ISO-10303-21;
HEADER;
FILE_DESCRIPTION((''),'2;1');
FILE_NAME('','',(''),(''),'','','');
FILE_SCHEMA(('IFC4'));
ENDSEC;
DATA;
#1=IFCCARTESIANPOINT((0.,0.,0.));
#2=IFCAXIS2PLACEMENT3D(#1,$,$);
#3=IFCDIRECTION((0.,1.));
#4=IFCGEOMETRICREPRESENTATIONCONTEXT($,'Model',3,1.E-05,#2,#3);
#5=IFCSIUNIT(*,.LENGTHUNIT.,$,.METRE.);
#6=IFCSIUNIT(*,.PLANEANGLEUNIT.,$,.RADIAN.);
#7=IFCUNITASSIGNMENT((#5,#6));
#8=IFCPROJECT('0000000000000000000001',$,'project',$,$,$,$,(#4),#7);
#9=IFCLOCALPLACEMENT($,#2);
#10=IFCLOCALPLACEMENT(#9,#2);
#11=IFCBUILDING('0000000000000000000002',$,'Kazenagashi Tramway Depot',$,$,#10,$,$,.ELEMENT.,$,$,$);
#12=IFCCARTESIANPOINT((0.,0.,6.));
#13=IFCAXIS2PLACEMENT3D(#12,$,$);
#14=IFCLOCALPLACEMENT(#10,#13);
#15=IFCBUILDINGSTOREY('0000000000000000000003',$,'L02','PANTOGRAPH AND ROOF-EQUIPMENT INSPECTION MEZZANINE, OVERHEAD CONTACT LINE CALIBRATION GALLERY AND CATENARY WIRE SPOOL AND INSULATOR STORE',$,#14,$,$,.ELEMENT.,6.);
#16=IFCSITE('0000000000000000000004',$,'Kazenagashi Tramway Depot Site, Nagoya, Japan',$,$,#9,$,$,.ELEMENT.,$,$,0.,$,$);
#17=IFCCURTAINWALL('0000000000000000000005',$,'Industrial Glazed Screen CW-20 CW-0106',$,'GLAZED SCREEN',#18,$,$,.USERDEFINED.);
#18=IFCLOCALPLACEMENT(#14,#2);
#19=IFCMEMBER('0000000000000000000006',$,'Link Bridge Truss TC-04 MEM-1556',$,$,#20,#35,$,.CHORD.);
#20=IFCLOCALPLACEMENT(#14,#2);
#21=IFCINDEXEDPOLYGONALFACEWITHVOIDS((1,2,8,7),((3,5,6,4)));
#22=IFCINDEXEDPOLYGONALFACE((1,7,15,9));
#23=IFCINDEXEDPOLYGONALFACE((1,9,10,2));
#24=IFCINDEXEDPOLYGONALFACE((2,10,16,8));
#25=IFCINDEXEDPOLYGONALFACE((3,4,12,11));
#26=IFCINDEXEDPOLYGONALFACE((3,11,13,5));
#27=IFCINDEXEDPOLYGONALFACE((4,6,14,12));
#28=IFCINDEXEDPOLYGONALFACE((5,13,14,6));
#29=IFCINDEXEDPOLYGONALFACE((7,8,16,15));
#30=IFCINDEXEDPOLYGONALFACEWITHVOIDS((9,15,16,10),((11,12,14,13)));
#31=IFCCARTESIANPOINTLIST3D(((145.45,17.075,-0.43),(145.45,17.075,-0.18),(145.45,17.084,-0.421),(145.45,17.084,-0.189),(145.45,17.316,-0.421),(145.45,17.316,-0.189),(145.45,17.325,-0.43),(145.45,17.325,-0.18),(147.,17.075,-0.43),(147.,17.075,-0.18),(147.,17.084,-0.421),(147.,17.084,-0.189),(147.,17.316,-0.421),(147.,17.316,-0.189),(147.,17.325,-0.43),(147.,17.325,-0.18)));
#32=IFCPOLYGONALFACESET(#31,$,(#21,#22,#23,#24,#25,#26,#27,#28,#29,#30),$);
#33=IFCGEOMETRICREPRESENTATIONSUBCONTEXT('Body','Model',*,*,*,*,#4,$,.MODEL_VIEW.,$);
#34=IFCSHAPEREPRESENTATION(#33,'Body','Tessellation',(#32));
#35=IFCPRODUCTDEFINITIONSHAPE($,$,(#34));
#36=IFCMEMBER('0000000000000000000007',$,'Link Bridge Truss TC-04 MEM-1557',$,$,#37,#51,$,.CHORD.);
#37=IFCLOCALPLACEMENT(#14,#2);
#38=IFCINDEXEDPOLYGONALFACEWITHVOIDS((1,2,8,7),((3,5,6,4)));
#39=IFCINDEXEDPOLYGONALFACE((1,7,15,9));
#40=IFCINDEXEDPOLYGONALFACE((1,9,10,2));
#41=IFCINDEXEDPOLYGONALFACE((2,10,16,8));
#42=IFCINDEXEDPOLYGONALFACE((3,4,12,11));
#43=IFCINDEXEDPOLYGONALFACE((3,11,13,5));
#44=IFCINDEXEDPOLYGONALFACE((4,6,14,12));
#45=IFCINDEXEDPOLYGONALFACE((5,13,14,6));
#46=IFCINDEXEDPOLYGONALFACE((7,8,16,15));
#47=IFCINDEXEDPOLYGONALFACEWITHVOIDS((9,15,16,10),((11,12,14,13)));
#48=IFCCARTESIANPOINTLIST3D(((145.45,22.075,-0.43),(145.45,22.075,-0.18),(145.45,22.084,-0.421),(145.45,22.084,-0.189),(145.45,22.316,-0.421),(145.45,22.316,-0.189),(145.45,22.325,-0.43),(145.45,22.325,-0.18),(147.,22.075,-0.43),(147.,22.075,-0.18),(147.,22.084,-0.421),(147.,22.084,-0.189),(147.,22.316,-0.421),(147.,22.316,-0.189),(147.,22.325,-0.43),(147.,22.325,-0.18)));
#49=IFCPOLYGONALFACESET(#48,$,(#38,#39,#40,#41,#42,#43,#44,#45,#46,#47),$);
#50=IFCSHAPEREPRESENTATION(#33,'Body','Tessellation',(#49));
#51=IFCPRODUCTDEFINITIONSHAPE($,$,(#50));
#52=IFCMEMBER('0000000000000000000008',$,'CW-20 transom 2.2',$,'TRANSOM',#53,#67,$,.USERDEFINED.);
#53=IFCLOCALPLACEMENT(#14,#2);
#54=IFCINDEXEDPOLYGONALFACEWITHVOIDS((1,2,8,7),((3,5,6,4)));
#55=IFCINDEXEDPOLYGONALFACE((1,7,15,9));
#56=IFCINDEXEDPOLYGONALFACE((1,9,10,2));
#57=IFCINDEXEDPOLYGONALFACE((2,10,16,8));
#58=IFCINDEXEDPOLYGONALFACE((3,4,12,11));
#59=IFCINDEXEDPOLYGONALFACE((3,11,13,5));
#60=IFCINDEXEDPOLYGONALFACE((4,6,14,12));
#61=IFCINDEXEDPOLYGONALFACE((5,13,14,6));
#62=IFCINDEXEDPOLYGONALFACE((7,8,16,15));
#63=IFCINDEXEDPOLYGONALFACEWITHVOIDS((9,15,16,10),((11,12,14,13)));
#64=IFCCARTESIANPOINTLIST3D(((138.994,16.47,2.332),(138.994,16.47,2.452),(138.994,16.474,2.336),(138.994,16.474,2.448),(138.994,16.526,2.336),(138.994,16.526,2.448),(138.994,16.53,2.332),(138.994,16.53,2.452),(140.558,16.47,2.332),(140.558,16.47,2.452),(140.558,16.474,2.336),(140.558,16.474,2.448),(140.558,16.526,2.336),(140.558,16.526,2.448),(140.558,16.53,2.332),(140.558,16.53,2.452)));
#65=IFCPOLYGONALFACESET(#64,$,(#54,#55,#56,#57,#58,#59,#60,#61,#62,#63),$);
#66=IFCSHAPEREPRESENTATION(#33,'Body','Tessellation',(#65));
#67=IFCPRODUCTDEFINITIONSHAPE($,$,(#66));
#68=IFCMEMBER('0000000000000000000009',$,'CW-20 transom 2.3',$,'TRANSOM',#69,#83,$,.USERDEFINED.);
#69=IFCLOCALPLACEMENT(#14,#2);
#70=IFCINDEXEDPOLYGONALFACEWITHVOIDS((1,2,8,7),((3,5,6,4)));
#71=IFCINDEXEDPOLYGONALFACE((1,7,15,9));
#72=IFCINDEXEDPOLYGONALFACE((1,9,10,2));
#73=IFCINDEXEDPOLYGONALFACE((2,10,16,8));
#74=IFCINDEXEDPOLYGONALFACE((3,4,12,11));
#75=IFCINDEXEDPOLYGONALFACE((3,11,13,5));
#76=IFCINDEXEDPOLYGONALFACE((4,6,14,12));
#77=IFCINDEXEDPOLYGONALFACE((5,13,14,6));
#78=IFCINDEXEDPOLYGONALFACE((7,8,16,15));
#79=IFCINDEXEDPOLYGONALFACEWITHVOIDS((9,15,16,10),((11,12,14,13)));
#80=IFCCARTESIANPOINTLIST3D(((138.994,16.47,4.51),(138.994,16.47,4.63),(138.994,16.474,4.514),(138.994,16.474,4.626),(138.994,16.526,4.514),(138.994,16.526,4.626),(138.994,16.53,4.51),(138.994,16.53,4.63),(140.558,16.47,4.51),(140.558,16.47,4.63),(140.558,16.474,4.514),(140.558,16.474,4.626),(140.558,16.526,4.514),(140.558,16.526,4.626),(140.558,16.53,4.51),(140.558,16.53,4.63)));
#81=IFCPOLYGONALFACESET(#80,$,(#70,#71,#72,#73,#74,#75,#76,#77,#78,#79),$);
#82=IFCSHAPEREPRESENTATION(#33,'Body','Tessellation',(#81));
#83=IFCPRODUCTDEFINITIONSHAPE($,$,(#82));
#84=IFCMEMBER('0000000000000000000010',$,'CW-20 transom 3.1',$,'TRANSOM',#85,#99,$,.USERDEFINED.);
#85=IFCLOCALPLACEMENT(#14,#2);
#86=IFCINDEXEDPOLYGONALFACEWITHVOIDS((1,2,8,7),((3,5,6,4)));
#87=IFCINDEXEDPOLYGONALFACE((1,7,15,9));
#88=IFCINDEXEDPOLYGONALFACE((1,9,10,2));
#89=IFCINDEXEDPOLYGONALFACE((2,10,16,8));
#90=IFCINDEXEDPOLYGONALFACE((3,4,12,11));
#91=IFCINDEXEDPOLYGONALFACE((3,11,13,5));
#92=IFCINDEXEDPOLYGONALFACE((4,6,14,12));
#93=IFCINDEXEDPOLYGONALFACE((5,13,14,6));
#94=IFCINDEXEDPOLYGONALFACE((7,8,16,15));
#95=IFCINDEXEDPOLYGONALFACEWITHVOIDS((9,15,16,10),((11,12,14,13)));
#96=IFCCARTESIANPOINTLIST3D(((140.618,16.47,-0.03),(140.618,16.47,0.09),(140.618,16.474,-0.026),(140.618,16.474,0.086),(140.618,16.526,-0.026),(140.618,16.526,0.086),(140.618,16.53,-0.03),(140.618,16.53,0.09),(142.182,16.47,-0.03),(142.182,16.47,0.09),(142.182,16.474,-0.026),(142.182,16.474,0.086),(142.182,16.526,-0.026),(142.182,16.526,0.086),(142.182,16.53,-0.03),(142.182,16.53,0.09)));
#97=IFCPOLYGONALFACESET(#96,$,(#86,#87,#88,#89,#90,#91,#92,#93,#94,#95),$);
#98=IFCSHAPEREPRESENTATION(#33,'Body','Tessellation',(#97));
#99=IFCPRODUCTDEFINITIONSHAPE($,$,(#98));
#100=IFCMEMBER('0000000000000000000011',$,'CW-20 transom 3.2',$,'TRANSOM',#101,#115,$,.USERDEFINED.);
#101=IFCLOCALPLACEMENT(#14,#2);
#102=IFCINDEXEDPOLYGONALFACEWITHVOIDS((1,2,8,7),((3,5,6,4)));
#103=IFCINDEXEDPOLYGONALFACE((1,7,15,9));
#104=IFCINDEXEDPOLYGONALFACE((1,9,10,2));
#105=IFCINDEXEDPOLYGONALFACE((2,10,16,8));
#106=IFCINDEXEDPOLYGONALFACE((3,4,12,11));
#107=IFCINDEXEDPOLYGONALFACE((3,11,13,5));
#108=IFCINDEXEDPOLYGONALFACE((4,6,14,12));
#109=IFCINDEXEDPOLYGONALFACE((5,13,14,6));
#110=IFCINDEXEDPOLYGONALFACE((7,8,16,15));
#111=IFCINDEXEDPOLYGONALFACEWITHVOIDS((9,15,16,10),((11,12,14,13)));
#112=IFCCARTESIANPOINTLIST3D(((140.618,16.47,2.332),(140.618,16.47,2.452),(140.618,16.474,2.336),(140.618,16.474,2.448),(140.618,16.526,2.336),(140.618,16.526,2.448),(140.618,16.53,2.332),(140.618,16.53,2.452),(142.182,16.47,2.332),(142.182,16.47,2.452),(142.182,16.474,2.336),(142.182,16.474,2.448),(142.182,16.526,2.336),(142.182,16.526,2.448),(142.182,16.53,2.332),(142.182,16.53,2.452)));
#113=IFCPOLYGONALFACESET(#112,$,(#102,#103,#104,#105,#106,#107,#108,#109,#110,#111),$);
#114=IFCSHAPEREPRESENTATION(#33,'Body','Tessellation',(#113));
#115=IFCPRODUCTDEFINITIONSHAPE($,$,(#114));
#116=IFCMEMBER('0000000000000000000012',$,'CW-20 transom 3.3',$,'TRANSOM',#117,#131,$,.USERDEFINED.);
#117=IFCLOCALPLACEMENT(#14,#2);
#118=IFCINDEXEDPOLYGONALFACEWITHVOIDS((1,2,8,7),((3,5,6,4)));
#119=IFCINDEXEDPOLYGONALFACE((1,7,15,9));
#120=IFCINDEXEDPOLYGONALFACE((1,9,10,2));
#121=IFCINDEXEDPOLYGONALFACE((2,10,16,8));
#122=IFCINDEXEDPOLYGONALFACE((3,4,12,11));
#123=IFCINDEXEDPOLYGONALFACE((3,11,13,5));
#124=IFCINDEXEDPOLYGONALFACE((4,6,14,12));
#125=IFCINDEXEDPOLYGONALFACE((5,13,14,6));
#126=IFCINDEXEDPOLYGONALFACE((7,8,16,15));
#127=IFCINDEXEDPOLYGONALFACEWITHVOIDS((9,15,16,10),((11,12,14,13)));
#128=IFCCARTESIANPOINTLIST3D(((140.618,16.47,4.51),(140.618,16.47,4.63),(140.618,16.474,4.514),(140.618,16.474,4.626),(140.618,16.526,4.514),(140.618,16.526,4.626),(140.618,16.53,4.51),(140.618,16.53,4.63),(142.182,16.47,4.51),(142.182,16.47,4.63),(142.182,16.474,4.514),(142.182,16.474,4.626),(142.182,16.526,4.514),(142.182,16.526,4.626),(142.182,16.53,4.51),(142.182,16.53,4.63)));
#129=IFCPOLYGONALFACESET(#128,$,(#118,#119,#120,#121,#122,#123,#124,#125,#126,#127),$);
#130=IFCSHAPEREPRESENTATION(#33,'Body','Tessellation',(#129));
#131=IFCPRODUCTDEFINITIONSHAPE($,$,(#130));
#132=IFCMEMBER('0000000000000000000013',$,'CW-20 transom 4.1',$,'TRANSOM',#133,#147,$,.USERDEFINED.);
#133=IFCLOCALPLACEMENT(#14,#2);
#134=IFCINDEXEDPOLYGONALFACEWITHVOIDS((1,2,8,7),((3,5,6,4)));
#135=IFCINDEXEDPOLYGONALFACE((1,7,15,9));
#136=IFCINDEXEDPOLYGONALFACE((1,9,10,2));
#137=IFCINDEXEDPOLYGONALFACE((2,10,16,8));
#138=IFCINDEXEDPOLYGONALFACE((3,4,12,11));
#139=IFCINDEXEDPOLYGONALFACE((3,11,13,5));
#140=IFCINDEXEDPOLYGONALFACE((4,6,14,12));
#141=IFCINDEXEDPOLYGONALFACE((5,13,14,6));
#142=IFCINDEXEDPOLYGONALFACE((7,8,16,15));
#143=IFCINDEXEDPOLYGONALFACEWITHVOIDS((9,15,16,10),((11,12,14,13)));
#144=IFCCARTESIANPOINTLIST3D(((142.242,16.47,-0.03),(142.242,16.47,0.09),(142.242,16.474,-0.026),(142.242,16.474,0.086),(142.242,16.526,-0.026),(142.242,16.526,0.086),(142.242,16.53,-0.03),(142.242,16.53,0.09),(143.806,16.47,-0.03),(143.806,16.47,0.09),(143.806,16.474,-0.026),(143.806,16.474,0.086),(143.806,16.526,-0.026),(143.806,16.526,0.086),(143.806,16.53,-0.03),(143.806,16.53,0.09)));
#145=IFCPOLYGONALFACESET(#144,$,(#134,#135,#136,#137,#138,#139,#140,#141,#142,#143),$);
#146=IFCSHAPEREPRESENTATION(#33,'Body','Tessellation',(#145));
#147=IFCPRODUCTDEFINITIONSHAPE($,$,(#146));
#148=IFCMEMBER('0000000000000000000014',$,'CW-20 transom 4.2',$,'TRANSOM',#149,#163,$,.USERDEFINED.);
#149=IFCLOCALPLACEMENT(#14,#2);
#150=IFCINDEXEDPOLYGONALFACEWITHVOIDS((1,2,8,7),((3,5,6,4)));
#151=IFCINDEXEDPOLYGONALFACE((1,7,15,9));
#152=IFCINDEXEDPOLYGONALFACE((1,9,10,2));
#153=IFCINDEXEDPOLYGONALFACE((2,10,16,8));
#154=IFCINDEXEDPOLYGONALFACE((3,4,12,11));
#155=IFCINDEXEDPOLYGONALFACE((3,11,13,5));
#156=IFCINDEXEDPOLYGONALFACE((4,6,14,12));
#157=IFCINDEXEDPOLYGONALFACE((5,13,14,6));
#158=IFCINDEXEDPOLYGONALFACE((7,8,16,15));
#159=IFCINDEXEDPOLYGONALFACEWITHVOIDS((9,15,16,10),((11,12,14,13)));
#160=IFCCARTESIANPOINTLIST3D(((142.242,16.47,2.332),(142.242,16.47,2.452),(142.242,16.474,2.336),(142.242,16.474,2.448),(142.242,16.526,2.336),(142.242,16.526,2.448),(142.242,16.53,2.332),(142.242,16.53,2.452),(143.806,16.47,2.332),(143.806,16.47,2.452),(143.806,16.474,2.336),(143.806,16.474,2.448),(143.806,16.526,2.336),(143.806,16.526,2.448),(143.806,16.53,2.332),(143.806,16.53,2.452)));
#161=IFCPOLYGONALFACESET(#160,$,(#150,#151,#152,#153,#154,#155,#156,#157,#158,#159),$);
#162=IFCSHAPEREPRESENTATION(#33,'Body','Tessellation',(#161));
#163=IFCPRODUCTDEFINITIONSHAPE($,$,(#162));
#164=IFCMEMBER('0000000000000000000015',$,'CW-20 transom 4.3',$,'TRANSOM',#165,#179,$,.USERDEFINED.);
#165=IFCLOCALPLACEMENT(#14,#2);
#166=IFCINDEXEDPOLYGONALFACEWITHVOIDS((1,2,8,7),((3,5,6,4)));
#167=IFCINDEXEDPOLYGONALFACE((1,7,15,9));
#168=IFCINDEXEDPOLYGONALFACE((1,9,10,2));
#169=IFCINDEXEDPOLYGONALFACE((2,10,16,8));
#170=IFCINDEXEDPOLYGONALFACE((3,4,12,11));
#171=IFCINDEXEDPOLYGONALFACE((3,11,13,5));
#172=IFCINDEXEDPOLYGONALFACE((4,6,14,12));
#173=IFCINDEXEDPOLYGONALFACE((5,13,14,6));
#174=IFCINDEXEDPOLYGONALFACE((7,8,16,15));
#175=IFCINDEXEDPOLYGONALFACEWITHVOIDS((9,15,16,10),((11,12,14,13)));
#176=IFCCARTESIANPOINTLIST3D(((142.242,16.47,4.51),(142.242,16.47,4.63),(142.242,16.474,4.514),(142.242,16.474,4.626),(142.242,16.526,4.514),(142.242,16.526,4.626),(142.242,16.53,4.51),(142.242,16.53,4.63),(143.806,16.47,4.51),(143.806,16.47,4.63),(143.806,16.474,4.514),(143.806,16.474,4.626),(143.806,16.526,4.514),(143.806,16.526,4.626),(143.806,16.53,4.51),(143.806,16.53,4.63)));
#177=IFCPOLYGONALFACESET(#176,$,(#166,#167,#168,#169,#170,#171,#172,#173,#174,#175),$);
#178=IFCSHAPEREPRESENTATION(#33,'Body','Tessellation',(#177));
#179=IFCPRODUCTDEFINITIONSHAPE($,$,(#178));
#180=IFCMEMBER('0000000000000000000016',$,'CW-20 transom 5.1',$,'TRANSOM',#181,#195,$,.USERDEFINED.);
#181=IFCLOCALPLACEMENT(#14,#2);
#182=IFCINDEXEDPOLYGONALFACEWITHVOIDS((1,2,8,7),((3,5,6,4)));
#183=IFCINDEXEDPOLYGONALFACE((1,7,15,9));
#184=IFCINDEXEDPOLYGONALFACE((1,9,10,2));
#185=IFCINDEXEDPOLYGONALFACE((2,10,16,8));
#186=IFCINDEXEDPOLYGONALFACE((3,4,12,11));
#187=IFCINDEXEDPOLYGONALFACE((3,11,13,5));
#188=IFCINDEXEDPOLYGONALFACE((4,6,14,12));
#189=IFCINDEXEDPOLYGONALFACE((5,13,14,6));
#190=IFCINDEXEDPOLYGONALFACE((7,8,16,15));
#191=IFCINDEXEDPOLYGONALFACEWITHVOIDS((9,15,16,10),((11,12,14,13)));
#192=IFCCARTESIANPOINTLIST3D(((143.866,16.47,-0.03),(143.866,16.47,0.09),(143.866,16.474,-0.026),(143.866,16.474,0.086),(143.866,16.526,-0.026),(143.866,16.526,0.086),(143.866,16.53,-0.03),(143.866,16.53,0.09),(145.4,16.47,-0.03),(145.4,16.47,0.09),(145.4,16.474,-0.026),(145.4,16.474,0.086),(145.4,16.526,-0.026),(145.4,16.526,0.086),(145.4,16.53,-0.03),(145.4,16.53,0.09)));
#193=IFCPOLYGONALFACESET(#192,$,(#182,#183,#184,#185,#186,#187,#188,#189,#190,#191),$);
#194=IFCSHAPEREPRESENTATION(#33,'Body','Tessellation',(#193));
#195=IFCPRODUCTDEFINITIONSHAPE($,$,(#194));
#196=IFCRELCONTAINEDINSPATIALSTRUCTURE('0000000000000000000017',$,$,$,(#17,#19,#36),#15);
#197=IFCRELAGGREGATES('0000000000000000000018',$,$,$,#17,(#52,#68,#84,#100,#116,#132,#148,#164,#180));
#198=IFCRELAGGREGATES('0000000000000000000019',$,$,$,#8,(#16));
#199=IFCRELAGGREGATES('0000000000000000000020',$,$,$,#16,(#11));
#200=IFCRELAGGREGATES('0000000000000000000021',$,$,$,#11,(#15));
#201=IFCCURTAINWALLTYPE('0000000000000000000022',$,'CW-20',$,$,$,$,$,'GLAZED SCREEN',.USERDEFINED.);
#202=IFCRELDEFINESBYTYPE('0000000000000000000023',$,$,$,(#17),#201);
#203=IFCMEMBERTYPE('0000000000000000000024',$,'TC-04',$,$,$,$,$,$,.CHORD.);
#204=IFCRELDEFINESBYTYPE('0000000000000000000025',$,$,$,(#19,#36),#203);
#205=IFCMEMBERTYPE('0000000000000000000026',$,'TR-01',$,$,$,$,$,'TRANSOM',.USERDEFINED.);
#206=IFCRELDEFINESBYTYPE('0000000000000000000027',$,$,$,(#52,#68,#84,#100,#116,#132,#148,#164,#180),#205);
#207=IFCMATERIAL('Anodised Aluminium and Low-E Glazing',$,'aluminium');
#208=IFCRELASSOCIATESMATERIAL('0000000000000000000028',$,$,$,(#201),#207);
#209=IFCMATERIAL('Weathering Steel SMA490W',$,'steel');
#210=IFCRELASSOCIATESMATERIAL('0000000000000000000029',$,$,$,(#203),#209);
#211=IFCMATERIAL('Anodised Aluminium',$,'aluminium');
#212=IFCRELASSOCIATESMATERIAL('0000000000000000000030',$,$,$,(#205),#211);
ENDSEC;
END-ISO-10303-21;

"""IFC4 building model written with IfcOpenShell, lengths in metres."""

from ifc_helpers import new_model, si_unit, direction, frame, origin, origin_2d, place, context, subcontext, project, spatial, hollow_rectangle, extrude, material, material_profile, profile_set, type_object, element, aggregate, save


model = new_model("IFC4")

# Units and contexts
model_context = context("Model", 3, precision=1e-05, world=origin(), true_north=direction((0.0, 1.0)))
body_context = subcontext(model_context, "Body", "Model", "MODEL_VIEW")
ifc_project = project(units=[si_unit("LENGTHUNIT", "METRE"), si_unit("PLANEANGLEUNIT", "RADIAN")], contexts=[model_context])

# Site, building, storey
site_placement = place(None, origin())
site = spatial("IfcSite", under=ifc_project, at=site_placement, Name="Kazenagashi Tramway Depot Site, Nagoya, Japan", CompositionType="ELEMENT", RefElevation=0.0)
building_placement = place(site_placement, origin())
building = spatial("IfcBuilding", under=site, at=building_placement, Name="Kazenagashi Tramway Depot", CompositionType="ELEMENT")
storey_placement = place(building_placement, frame((0.0, 0.0, 6.0)))
storey = spatial("IfcBuildingStorey", under=building, at=storey_placement, Name="L02", Description="PANTOGRAPH AND ROOF-EQUIPMENT INSPECTION MEZZANINE, OVERHEAD CONTACT LINE CALIBRATION GALLERY AND CATENARY WIRE SPOOL AND INSULATOR STORE", CompositionType="ELEMENT", Elevation=6.0)

# Curtain wall
ifc_material_1 = material(Name="Anodised Aluminium and Low-E Glazing", Category="aluminium")
curtain_wall_type = type_object("IfcCurtainWallType", Name="CW-20", ElementType="GLAZED SCREEN", PredefinedType="USERDEFINED", material=ifc_material_1)
curtain_wall_placement = place(storey_placement, origin())
curtain_wall = element("IfcCurtainWall", 1, at=curtain_wall_placement, inside=storey, type_object=curtain_wall_type, Name="Industrial Glazed Screen CW-20 CW-0106", ObjectType="GLAZED SCREEN", PredefinedType="USERDEFINED")
ifc_material_2 = material(Name="Anodised Aluminium", Category="aluminium")

# Members
ifc_material_3 = material(Name="Weathering Steel SMA490W", Category="steel")
ifc_material_profile_1 = material_profile(ifc_material_3, hollow_rectangle(XDim=0.25, YDim=0.25, WallThickness=0.009, at=origin_2d()), Name="SHS-250x250x9")
ifc_profile_set_1 = profile_set([ifc_material_profile_1], Name="Weathering Steel SMA490W")
member_type_1 = type_object("IfcMemberType", Name="TC-04", PredefinedType="CHORD", material=ifc_profile_set_1)
for number, where, z_axis, x_axis, name in (
    (2, (145.45, 17.2, -0.305), (1.0, 0.0, 0.0), (0.0, 1.0, 0.0), "Link Bridge Truss TC-04 MEM-1556"),
    (3, (145.45, 22.2, -0.305), (1.0, 0.0, 0.0), (0.0, 1.0, 0.0), "Link Bridge Truss TC-04 MEM-1557"),
):
    element("IfcMember", number, at=place(storey_placement, frame(where, z_axis=z_axis, x_axis=x_axis)), inside=storey, type_object=member_type_1, Name=name, PredefinedType="CHORD", context=body_context, shape_type="SweptSolid", body=[
        extrude(hollow_rectangle(XDim=0.25, YDim=0.25, WallThickness=0.009, at=origin_2d()), origin(), (0.0, 0.0, 1.0), 1.55),
    ])

# Members
ifc_material_profile_2 = material_profile(ifc_material_2, hollow_rectangle(XDim=0.06, YDim=0.12, WallThickness=0.004, at=origin_2d()), Name="RHS-120x60x4")
ifc_profile_set_2 = profile_set([ifc_material_profile_2], Name="Anodised Aluminium")
member_type_2 = type_object("IfcMemberType", Name="TR-01", ElementType="TRANSOM", PredefinedType="USERDEFINED", material=ifc_profile_set_2)
member_1_placement = place(storey_placement, frame((138.994, 16.5, 2.392), z_axis=(1.0, 0.0, 0.0), x_axis=(0.0, 1.0, 0.0)))
member_1 = element("IfcMember", 4, at=member_1_placement, type_object=member_type_2, Name="CW-20 transom 2.2", ObjectType="TRANSOM", PredefinedType="USERDEFINED", context=body_context, shape_type="SweptSolid", body=[
    extrude(hollow_rectangle(XDim=0.06, YDim=0.12, WallThickness=0.004, at=origin_2d()), origin(), (0.0, 0.0, 1.0), 1.564),
])
member_2_placement = place(storey_placement, frame((138.994, 16.5, 4.57), z_axis=(1.0, 0.0, 0.0), x_axis=(0.0, 1.0, 0.0)))
member_2 = element("IfcMember", 5, at=member_2_placement, type_object=member_type_2, Name="CW-20 transom 2.3", ObjectType="TRANSOM", PredefinedType="USERDEFINED", context=body_context, shape_type="SweptSolid", body=[
    extrude(hollow_rectangle(XDim=0.06, YDim=0.12, WallThickness=0.004, at=origin_2d()), origin(), (0.0, 0.0, 1.0), 1.564),
])
member_3_placement = place(storey_placement, frame((140.618, 16.5, 0.03), z_axis=(1.0, 0.0, 0.0), x_axis=(0.0, 1.0, 0.0)))
member_3 = element("IfcMember", 6, at=member_3_placement, type_object=member_type_2, Name="CW-20 transom 3.1", ObjectType="TRANSOM", PredefinedType="USERDEFINED", context=body_context, shape_type="SweptSolid", body=[
    extrude(hollow_rectangle(XDim=0.06, YDim=0.12, WallThickness=0.004, at=origin_2d()), origin(), (0.0, 0.0, 1.0), 1.564),
])
member_4_placement = place(storey_placement, frame((140.618, 16.5, 2.392), z_axis=(1.0, 0.0, 0.0), x_axis=(0.0, 1.0, 0.0)))
member_4 = element("IfcMember", 7, at=member_4_placement, type_object=member_type_2, Name="CW-20 transom 3.2", ObjectType="TRANSOM", PredefinedType="USERDEFINED", context=body_context, shape_type="SweptSolid", body=[
    extrude(hollow_rectangle(XDim=0.06, YDim=0.12, WallThickness=0.004, at=origin_2d()), origin(), (0.0, 0.0, 1.0), 1.564),
])
member_5_placement = place(storey_placement, frame((140.618, 16.5, 4.57), z_axis=(1.0, 0.0, 0.0), x_axis=(0.0, 1.0, 0.0)))
member_5 = element("IfcMember", 8, at=member_5_placement, type_object=member_type_2, Name="CW-20 transom 3.3", ObjectType="TRANSOM", PredefinedType="USERDEFINED", context=body_context, shape_type="SweptSolid", body=[
    extrude(hollow_rectangle(XDim=0.06, YDim=0.12, WallThickness=0.004, at=origin_2d()), origin(), (0.0, 0.0, 1.0), 1.564),
])
member_6_placement = place(storey_placement, frame((142.242, 16.5, 0.03), z_axis=(1.0, 0.0, 0.0), x_axis=(0.0, 1.0, 0.0)))
member_6 = element("IfcMember", 9, at=member_6_placement, type_object=member_type_2, Name="CW-20 transom 4.1", ObjectType="TRANSOM", PredefinedType="USERDEFINED", context=body_context, shape_type="SweptSolid", body=[
    extrude(hollow_rectangle(XDim=0.06, YDim=0.12, WallThickness=0.004, at=origin_2d()), origin(), (0.0, 0.0, 1.0), 1.564),
])
member_7_placement = place(storey_placement, frame((142.242, 16.5, 2.392), z_axis=(1.0, 0.0, 0.0), x_axis=(0.0, 1.0, 0.0)))
member_7 = element("IfcMember", 10, at=member_7_placement, type_object=member_type_2, Name="CW-20 transom 4.2", ObjectType="TRANSOM", PredefinedType="USERDEFINED", context=body_context, shape_type="SweptSolid", body=[
    extrude(hollow_rectangle(XDim=0.06, YDim=0.12, WallThickness=0.004, at=origin_2d()), origin(), (0.0, 0.0, 1.0), 1.564),
])
member_8_placement = place(storey_placement, frame((142.242, 16.5, 4.57), z_axis=(1.0, 0.0, 0.0), x_axis=(0.0, 1.0, 0.0)))
member_8 = element("IfcMember", 11, at=member_8_placement, type_object=member_type_2, Name="CW-20 transom 4.3", ObjectType="TRANSOM", PredefinedType="USERDEFINED", context=body_context, shape_type="SweptSolid", body=[
    extrude(hollow_rectangle(XDim=0.06, YDim=0.12, WallThickness=0.004, at=origin_2d()), origin(), (0.0, 0.0, 1.0), 1.564),
])
member_9_placement = place(storey_placement, frame((143.866, 16.5, 0.03), z_axis=(1.0, 0.0, 0.0), x_axis=(0.0, 1.0, 0.0)))
member_9 = element("IfcMember", 12, at=member_9_placement, type_object=member_type_2, Name="CW-20 transom 5.1", ObjectType="TRANSOM", PredefinedType="USERDEFINED", context=body_context, shape_type="SweptSolid", body=[
    extrude(hollow_rectangle(XDim=0.06, YDim=0.12, WallThickness=0.004, at=origin_2d()), origin(), (0.0, 0.0, 1.0), 1.534),
])

aggregate(curtain_wall, [member_1, member_2, member_3, member_4, member_5, member_6, member_7, member_8, member_9])

save(model, "model.ifc")
